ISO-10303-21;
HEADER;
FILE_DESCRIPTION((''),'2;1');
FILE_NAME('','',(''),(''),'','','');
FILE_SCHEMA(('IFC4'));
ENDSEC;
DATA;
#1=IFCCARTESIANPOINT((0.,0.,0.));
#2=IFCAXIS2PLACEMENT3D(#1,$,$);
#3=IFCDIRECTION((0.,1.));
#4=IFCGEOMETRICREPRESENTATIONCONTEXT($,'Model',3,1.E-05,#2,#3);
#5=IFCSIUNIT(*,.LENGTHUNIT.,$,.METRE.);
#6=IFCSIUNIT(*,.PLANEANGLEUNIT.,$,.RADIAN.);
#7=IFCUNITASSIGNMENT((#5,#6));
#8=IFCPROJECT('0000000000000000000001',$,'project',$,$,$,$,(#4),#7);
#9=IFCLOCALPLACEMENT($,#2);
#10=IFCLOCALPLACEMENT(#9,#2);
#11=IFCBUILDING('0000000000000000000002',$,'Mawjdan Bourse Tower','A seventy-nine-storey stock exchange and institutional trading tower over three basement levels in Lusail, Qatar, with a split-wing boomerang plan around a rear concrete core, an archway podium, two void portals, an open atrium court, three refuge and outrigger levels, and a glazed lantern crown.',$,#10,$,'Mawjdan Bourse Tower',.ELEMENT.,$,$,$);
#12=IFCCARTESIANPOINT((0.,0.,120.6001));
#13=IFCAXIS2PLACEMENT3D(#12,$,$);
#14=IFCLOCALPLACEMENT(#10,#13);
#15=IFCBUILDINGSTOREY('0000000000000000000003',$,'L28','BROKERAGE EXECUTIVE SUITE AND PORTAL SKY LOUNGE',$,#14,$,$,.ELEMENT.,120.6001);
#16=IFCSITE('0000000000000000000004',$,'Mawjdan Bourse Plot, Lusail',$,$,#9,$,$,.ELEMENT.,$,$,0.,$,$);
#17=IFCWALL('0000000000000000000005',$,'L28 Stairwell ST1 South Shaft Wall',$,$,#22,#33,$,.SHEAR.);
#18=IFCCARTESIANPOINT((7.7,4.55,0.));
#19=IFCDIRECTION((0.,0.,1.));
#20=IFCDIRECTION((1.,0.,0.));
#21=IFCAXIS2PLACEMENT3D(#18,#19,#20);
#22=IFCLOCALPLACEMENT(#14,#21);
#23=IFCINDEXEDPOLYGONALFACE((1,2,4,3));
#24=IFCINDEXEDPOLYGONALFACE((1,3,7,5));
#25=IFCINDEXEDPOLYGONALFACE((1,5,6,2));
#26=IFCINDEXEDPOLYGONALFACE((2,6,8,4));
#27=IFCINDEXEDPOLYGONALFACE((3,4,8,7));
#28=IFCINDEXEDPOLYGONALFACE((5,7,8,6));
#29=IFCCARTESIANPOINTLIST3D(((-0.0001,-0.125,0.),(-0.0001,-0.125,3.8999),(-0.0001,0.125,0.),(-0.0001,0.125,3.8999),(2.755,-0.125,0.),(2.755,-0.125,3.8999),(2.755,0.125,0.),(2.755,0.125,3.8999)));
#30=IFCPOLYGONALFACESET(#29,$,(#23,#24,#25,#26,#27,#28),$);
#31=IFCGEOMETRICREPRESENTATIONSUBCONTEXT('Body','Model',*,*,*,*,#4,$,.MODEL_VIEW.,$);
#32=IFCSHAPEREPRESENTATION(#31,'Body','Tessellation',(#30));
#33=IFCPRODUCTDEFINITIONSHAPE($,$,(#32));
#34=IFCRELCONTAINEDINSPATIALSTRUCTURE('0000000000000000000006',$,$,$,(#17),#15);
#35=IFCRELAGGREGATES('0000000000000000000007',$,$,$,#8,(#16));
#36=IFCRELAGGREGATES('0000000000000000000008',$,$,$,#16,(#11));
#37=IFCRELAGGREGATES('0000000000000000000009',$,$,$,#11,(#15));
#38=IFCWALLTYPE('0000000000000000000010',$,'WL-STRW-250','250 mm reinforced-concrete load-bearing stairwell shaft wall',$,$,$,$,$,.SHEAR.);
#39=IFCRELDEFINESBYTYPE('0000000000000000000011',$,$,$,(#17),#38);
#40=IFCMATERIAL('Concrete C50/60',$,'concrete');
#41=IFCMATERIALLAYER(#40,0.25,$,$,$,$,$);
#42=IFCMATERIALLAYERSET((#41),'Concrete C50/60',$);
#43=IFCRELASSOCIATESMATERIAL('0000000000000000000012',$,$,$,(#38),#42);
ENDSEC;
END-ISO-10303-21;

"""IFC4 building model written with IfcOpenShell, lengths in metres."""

from ifc_helpers import new_model, si_unit, direction, frame, frame_2d, origin, place, context, subcontext, project, spatial, rectangle, extrude, material, layer, layer_set, type_object, element, save


model = new_model("IFC4")

# Units and contexts
model_context = context("Model", 3, precision=1e-05, world=origin(), true_north=direction((0.0, 1.0)))
body_context = subcontext(model_context, "Body", "Model", "MODEL_VIEW")
ifc_project = project(units=[si_unit("LENGTHUNIT", "METRE"), si_unit("PLANEANGLEUNIT", "RADIAN")], contexts=[model_context])

# Site, building, storey
site_placement = place(None, origin())
site = spatial("IfcSite", under=ifc_project, at=site_placement, Name="Mawjdan Bourse Plot, Lusail", CompositionType="ELEMENT", RefElevation=0.0)
building_placement = place(site_placement, origin())
building = spatial("IfcBuilding", under=site, at=building_placement, Name="Mawjdan Bourse Tower", Description="A seventy-nine-storey stock exchange and institutional trading tower over three basement levels in Lusail, Qatar, with a split-wing boomerang plan around a rear concrete core, an archway podium, two void portals, an open atrium court, three refuge and outrigger levels, and a glazed lantern crown.", LongName="Mawjdan Bourse Tower", CompositionType="ELEMENT")
storey_placement = place(building_placement, frame((0.0, 0.0, 120.6001)))
storey = spatial("IfcBuildingStorey", under=building, at=storey_placement, Name="L28", Description="BROKERAGE EXECUTIVE SUITE AND PORTAL SKY LOUNGE", CompositionType="ELEMENT", Elevation=120.6001)

# Shared definitions
ifc_material_1 = material(Name="Concrete C50/60", Category="concrete")

# Wall
ifc_layer_1 = layer(ifc_material_1, 0.25)
ifc_layer_set_1 = layer_set([ifc_layer_1], Name="Concrete C50/60")
wall_type_1 = type_object("IfcWallType", Name="WL-STRW-250", Description="250 mm reinforced-concrete load-bearing stairwell shaft wall", PredefinedType="SHEAR", material=ifc_layer_set_1)
wall_1_placement = place(storey_placement, frame((7.7, 4.55, 0.0), z_axis=(0.0, 0.0, 1.0), x_axis=(1.0, 0.0, 0.0)))
element("IfcWall", 1, at=wall_1_placement, inside=storey, type_object=wall_type_1, Name="L28 Stairwell ST1 South Shaft Wall", PredefinedType="SHEAR", context=body_context, shape_type="SweptSolid", body=[
    extrude(rectangle(XDim=2.7551, YDim=0.25, at=frame_2d((1.3774, 0.0))), origin(), (0.0, 0.0, 1.0), 3.8999),
])

save(model, "model.ifc")
